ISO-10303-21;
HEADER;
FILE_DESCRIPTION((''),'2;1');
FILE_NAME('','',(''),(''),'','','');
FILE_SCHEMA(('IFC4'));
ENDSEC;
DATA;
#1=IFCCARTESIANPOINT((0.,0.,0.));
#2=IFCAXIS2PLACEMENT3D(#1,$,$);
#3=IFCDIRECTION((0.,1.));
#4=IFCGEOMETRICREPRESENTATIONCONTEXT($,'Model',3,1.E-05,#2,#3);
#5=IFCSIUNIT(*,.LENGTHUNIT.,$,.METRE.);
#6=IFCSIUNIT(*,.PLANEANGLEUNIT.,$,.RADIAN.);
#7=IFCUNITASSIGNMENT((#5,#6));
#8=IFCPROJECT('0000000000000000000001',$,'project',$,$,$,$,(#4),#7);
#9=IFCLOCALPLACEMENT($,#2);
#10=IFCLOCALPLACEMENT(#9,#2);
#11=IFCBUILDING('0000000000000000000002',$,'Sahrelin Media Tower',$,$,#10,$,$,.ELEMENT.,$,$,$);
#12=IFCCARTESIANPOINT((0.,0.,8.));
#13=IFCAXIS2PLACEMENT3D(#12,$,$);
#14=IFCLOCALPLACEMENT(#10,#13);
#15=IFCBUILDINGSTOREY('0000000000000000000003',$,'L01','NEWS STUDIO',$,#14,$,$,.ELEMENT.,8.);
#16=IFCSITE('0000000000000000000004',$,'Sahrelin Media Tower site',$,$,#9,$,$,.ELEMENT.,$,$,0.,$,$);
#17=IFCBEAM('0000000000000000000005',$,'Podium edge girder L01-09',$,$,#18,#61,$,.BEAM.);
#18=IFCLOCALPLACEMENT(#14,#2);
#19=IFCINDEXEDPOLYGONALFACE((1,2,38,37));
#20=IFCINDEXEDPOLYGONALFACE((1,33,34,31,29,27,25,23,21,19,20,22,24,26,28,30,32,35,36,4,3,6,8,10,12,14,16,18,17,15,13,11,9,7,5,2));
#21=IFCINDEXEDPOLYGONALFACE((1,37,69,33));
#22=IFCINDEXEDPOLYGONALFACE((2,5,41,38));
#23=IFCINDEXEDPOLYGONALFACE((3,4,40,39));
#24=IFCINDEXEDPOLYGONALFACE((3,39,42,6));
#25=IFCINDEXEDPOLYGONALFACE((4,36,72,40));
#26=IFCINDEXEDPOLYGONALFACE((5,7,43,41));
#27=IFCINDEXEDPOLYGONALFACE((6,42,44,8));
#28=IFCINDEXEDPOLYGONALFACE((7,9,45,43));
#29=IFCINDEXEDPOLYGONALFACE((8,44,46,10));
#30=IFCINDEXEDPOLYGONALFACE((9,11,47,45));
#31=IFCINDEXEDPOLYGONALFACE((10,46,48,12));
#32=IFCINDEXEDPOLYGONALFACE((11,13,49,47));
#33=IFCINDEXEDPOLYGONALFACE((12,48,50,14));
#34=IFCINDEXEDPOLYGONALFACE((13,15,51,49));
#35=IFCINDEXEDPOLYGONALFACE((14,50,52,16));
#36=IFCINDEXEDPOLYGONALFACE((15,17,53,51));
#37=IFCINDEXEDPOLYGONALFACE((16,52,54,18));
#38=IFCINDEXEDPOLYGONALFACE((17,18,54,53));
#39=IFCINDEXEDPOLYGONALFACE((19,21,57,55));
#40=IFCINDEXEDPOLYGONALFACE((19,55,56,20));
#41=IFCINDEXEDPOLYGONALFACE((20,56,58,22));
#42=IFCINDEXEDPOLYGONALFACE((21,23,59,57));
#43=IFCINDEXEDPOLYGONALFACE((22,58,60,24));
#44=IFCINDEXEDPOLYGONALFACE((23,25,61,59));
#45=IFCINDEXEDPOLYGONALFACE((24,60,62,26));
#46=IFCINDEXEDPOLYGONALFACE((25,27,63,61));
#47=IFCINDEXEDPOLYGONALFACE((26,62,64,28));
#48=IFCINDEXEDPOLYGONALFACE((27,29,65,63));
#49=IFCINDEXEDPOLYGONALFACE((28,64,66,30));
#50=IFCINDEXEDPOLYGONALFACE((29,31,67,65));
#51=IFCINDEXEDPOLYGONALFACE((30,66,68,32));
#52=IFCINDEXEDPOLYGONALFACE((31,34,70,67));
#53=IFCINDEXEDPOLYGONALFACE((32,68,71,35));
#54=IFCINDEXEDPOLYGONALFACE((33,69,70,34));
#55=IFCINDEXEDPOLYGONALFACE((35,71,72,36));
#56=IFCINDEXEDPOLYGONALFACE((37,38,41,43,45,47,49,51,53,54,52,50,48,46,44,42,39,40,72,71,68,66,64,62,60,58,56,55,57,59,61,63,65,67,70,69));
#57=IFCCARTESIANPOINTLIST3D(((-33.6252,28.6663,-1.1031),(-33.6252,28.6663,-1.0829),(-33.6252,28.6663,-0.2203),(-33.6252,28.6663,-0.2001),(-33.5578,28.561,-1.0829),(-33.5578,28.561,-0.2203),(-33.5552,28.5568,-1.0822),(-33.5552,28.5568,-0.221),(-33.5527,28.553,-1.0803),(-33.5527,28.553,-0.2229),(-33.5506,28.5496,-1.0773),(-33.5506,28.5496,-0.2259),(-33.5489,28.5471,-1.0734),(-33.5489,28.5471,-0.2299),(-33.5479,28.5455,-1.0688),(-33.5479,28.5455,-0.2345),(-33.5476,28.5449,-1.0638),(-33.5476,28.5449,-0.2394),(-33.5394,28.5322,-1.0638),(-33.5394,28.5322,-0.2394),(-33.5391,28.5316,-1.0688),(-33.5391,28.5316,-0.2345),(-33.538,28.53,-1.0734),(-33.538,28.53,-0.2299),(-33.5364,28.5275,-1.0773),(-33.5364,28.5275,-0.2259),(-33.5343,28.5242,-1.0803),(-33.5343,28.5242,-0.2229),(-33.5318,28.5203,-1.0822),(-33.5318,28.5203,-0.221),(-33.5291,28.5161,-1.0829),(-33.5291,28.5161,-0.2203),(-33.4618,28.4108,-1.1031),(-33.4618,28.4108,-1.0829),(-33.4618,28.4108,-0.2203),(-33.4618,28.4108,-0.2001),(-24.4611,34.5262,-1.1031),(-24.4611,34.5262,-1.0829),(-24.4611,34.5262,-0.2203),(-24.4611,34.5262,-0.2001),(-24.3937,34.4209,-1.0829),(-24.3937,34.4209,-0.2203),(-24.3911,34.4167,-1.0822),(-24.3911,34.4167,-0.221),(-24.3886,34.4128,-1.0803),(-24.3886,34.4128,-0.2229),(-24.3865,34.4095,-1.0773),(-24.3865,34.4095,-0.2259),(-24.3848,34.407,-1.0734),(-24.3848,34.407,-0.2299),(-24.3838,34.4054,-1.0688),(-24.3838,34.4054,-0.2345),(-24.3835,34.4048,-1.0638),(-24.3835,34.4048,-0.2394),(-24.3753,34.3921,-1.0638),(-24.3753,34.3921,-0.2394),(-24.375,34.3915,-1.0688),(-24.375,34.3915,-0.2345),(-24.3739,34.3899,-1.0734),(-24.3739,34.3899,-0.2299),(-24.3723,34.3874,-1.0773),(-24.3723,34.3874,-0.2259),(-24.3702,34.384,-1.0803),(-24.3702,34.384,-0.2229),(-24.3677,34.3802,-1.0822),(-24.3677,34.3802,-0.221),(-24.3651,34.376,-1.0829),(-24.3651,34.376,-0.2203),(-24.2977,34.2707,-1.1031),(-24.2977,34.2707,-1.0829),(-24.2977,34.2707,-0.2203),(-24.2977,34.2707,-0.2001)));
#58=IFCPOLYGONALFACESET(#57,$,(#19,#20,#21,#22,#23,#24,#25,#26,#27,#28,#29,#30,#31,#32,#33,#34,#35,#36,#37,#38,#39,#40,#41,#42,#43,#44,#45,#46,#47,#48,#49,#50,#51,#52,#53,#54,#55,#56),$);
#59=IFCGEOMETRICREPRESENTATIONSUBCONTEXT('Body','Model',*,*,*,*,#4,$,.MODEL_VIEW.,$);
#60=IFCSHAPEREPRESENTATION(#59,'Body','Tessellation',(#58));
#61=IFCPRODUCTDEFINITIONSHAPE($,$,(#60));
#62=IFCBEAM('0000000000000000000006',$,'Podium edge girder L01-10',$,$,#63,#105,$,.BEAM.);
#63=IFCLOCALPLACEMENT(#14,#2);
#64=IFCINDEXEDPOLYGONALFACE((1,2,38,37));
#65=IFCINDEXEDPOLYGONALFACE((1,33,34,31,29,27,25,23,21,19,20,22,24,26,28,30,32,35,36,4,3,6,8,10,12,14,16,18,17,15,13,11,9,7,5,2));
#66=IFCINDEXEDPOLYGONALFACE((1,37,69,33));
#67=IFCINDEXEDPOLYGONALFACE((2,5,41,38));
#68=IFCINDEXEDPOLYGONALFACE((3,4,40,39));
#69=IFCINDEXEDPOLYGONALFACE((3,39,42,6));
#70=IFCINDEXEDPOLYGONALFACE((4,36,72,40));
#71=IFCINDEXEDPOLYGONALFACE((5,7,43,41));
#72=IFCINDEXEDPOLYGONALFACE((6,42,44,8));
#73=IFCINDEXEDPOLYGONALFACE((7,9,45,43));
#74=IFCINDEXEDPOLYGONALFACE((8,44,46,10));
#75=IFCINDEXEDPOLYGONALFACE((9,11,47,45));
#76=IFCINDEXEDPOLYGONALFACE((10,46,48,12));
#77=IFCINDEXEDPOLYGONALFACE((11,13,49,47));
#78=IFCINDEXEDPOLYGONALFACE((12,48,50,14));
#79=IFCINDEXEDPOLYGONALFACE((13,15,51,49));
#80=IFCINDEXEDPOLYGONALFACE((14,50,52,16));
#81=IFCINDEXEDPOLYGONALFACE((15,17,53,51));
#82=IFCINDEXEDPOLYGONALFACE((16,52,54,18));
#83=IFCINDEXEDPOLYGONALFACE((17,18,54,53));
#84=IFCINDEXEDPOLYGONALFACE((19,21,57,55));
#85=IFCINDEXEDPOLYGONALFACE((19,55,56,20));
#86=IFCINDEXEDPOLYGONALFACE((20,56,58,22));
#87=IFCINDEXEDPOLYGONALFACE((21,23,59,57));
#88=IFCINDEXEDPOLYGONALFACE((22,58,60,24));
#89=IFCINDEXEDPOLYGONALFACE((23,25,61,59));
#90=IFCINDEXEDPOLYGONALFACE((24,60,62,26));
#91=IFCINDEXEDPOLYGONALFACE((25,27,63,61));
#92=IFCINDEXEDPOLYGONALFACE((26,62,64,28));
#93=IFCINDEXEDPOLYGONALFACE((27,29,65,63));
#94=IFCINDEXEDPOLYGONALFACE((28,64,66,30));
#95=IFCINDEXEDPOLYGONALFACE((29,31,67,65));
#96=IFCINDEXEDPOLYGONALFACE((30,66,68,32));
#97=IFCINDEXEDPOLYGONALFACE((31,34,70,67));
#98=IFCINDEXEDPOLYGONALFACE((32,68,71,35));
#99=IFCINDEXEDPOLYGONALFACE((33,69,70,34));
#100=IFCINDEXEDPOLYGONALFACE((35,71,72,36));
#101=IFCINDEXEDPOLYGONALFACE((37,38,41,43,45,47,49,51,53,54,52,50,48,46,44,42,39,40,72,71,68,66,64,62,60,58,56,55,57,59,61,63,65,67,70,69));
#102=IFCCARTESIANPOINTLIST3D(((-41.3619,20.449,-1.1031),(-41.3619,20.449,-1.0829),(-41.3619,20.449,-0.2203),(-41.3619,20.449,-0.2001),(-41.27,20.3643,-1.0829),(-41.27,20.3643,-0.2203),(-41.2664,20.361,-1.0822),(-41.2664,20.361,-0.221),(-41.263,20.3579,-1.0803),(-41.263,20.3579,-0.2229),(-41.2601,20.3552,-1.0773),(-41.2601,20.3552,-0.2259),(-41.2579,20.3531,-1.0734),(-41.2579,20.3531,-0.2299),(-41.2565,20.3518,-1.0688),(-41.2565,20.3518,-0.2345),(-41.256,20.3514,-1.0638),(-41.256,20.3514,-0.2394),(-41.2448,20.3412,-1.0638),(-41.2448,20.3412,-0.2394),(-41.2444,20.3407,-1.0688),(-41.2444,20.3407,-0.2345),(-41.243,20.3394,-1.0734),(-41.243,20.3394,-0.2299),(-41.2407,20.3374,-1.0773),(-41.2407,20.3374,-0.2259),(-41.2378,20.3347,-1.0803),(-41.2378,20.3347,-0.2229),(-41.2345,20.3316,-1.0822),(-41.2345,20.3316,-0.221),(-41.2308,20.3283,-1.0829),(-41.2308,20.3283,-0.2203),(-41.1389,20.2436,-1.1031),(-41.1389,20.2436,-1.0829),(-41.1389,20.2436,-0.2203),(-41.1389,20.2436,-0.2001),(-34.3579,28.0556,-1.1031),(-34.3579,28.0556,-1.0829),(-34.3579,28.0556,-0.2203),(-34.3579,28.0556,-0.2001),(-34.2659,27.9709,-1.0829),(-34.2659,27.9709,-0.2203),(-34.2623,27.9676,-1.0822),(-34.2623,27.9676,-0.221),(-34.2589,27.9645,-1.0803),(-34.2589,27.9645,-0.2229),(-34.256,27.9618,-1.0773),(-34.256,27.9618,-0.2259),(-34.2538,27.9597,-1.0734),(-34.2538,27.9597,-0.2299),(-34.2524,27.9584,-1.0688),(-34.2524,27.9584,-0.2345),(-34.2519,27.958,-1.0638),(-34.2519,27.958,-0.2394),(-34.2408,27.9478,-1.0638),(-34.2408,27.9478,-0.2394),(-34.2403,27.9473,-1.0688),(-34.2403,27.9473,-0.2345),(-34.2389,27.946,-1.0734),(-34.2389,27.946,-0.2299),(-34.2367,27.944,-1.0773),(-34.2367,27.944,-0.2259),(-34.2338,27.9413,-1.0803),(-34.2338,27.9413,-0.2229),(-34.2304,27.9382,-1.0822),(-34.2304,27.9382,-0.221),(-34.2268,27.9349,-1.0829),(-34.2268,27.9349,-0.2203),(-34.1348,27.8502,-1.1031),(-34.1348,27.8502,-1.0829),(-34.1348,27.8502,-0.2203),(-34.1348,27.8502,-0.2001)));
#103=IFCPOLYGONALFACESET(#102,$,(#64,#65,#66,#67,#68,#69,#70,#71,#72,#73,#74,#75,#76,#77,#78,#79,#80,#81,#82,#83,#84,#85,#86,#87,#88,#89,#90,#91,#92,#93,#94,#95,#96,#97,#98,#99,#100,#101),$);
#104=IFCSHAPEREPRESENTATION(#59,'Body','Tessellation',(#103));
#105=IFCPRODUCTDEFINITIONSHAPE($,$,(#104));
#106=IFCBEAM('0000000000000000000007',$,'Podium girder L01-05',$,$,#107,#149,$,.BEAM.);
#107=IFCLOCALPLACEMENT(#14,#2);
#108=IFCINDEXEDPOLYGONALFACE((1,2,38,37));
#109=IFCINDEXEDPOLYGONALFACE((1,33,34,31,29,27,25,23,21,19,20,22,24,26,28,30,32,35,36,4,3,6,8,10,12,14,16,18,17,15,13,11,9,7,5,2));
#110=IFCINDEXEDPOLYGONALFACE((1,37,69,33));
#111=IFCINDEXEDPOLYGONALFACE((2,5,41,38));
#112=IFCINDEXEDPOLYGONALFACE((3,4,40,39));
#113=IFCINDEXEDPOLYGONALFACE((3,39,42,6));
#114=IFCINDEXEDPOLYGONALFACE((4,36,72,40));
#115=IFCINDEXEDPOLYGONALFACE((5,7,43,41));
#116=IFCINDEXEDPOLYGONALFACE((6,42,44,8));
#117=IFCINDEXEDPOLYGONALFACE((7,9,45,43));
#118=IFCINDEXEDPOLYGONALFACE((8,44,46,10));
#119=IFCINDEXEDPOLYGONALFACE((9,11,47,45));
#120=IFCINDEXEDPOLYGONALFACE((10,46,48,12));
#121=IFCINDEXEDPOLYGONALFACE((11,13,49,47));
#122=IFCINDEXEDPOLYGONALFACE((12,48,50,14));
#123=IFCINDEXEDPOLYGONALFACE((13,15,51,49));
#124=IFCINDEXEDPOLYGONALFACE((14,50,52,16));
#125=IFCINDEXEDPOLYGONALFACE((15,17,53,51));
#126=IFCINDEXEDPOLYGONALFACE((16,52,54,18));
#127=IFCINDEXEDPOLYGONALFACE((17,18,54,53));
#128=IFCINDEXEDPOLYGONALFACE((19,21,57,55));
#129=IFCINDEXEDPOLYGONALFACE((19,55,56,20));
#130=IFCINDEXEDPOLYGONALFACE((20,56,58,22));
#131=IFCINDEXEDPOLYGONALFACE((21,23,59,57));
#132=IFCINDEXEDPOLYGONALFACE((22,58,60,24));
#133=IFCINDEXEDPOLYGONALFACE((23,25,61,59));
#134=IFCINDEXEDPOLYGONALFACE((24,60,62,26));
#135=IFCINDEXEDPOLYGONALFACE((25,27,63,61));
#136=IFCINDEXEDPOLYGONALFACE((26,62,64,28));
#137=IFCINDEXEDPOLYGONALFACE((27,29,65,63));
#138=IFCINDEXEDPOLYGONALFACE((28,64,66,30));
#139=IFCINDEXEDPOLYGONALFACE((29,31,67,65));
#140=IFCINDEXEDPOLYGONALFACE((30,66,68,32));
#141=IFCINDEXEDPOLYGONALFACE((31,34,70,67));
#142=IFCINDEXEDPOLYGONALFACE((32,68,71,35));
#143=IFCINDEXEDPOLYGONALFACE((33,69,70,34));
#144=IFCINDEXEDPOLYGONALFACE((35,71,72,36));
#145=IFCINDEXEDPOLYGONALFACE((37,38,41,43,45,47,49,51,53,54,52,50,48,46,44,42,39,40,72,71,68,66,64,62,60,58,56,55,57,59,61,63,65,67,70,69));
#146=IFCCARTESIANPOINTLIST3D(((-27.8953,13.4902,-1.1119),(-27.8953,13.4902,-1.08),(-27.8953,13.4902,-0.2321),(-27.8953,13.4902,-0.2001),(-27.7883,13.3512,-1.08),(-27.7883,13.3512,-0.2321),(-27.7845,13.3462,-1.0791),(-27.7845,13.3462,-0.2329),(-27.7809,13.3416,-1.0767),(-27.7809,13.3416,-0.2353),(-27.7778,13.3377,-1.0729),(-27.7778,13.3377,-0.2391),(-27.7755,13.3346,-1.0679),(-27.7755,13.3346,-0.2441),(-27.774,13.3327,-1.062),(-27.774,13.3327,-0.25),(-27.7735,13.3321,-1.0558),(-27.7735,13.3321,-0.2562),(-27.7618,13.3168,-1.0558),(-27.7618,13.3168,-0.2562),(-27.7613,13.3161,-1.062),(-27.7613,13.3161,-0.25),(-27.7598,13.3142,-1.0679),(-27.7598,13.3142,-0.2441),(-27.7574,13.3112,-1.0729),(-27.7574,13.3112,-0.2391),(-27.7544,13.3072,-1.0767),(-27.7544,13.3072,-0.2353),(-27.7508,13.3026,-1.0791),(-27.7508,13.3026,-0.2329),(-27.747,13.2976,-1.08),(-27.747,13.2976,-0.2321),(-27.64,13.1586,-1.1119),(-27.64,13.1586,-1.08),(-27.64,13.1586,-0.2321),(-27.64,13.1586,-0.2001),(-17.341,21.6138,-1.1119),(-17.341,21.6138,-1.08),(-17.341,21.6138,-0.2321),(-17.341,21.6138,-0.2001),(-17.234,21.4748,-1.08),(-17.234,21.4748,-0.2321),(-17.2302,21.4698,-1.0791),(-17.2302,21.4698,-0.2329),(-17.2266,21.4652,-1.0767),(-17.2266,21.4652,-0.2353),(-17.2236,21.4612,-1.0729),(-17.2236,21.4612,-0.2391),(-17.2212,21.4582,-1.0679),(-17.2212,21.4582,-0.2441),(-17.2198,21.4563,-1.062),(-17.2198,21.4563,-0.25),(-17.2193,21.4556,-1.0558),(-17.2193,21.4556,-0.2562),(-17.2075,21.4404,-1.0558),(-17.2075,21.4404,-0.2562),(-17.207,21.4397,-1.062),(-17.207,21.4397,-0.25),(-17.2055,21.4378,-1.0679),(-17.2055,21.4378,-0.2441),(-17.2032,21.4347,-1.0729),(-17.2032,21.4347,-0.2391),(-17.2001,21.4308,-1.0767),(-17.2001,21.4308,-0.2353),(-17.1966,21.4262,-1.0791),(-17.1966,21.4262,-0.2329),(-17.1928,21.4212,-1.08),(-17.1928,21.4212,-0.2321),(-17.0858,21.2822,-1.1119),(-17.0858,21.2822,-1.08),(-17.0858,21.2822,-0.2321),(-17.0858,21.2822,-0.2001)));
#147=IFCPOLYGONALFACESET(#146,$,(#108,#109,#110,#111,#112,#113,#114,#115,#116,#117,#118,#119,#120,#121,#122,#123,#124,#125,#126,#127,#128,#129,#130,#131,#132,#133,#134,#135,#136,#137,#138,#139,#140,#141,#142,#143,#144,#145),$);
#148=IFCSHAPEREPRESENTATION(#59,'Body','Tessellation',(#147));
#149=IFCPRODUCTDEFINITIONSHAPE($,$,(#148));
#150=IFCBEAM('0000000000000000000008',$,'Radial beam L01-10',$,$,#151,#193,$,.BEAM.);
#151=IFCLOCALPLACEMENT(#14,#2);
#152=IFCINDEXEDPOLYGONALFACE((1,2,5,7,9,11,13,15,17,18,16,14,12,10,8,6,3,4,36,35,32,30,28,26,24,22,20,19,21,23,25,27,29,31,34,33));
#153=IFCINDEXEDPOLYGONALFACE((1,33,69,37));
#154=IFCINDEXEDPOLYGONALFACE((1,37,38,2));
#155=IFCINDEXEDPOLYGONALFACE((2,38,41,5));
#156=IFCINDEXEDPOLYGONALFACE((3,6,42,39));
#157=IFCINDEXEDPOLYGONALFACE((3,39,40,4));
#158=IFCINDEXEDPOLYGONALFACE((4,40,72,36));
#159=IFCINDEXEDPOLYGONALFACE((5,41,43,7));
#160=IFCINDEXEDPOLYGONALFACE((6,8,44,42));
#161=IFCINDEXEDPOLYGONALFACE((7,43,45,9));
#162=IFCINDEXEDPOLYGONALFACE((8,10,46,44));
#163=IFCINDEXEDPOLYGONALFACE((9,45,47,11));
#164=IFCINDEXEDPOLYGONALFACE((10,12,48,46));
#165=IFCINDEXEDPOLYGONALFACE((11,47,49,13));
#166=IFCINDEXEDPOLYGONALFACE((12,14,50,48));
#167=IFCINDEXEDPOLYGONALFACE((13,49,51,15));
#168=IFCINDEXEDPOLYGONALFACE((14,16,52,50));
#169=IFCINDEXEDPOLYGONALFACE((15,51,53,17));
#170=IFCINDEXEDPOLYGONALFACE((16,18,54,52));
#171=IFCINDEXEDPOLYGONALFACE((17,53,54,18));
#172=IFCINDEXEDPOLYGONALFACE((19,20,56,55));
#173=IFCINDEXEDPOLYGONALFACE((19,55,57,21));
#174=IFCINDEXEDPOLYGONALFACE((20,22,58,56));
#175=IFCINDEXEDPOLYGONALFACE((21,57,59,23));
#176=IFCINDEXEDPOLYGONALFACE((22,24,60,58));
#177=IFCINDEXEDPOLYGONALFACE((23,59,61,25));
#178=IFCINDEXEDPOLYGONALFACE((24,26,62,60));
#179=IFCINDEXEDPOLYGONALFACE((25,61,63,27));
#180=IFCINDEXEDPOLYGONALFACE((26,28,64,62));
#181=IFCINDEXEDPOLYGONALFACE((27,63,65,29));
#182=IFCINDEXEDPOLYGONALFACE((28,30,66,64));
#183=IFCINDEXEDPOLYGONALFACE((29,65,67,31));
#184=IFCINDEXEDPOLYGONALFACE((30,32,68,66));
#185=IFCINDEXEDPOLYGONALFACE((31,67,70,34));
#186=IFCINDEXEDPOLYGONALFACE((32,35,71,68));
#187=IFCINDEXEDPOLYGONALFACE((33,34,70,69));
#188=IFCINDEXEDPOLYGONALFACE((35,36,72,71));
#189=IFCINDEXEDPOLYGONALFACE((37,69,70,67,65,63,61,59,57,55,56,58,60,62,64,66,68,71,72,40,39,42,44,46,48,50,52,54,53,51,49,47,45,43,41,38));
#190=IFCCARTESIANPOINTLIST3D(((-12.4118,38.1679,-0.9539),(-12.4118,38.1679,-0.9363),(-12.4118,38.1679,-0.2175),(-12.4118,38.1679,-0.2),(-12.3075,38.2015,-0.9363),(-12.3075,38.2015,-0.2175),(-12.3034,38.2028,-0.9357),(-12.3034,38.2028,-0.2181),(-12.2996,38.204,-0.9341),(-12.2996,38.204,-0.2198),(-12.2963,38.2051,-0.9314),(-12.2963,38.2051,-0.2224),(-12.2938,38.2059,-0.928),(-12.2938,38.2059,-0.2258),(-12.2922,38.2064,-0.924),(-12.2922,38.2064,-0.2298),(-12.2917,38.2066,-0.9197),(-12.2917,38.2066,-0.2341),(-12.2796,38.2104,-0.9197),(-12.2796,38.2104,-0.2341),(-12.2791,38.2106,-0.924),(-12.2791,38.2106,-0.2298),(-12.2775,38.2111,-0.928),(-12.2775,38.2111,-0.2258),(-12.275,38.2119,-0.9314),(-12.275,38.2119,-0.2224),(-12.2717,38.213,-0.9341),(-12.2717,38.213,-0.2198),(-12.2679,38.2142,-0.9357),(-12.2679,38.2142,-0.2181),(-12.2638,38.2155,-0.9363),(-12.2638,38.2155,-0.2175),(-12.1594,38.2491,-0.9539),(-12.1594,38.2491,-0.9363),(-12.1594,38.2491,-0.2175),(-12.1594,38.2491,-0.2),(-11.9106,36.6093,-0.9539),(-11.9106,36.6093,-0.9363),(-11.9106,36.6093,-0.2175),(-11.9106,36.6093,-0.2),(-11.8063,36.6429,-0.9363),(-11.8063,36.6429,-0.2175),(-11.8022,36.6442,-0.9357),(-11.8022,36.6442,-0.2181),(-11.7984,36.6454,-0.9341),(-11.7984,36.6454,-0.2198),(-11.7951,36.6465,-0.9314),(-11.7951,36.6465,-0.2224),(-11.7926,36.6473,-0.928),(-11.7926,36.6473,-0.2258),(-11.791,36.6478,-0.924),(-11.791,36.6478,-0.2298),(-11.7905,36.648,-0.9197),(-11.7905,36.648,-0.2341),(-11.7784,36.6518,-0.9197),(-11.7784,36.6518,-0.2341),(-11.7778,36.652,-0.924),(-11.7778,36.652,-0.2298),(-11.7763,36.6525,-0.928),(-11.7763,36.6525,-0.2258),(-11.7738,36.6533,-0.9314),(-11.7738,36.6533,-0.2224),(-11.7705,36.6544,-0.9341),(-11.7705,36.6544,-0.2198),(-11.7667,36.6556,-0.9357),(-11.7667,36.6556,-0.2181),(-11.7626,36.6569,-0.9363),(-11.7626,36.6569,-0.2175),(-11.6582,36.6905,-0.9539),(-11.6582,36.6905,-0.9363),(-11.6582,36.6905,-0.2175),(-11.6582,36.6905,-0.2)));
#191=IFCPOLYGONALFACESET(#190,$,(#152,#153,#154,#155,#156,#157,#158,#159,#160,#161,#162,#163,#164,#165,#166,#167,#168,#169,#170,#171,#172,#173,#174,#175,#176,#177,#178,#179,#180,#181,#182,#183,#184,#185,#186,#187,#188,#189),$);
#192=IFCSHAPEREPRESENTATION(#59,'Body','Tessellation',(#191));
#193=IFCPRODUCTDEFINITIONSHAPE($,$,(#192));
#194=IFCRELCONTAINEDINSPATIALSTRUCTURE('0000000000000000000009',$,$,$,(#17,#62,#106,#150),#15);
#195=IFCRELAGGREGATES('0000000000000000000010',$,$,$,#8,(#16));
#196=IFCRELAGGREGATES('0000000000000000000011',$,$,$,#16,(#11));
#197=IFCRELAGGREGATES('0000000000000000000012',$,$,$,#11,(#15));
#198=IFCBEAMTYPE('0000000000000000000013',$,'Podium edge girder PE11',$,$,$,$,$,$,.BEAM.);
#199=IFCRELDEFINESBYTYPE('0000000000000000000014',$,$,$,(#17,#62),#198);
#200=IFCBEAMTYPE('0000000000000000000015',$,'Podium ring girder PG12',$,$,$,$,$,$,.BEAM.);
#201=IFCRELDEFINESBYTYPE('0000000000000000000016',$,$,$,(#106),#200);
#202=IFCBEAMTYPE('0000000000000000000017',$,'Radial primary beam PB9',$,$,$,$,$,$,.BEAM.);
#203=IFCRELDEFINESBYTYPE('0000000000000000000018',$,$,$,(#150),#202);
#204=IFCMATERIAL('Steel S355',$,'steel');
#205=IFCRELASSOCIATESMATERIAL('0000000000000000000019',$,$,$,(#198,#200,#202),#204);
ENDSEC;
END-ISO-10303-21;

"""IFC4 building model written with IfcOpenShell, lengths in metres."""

from ifc_helpers import new_model, si_unit, direction, frame, origin, origin_2d, place, context, subcontext, project, spatial, i_section, extrude, material, material_profile, profile_set, type_object, element, save


model = new_model("IFC4")

# Units and contexts
model_context = context("Model", 3, precision=1e-05, world=origin(), true_north=direction((0.0, 1.0)))
body_context = subcontext(model_context, "Body", "Model", "MODEL_VIEW")
ifc_project = project(units=[si_unit("LENGTHUNIT", "METRE"), si_unit("PLANEANGLEUNIT", "RADIAN")], contexts=[model_context])

# Site, building, storey
site_placement = place(None, origin())
site = spatial("IfcSite", under=ifc_project, at=site_placement, Name="Sahrelin Media Tower site", CompositionType="ELEMENT", RefElevation=0.0)
building_placement = place(site_placement, origin())
building = spatial("IfcBuilding", under=site, at=building_placement, Name="Sahrelin Media Tower", CompositionType="ELEMENT")
storey_placement = place(building_placement, frame((0.0, 0.0, 8.0)))
storey = spatial("IfcBuildingStorey", under=building, at=storey_placement, Name="L01", Description="NEWS STUDIO", CompositionType="ELEMENT", Elevation=8.0)

# Beams
ifc_material_1 = material(Name="Steel S355", Category="steel")
ifc_material_profile_1 = material_profile(ifc_material_1, i_section(OverallWidth=0.3032, OverallDepth=0.9031, WebThickness=0.0151, FlangeThickness=0.0203, FilletRadius=0.019, at=origin_2d()), Name="UB 914x305x201")
ifc_profile_set_1 = profile_set([ifc_material_profile_1], Name="Steel S355")
beam_type_1 = type_object("IfcBeamType", Name="Podium edge girder PE11", PredefinedType="BEAM", material=ifc_profile_set_1)
beam_1_placement = place(storey_placement, frame((-24.3794, 34.3984, -0.6516), z_axis=(-0.842486, -0.538719, 0.0), x_axis=(0.538719, -0.842486, 0.0)))
element("IfcBeam", 1, at=beam_1_placement, inside=storey, type_object=beam_type_1, Name="Podium edge girder L01-09", PredefinedType="BEAM", context=body_context, shape_type="SweptSolid", body=[
    extrude(i_section(OverallWidth=0.3032, OverallDepth=0.9031, WebThickness=0.0151, FlangeThickness=0.0203, FilletRadius=0.019, at=origin_2d()), origin(), (0.0, 0.0, 1.0), 10.8774),
])
beam_2_placement = place(storey_placement, frame((-34.2463, 27.9529, -0.6516), z_axis=(-0.677371, -0.735642, 0.0), x_axis=(0.735642, -0.677371, 0.0)))
element("IfcBeam", 2, at=beam_2_placement, inside=storey, type_object=beam_type_1, Name="Podium edge girder L01-10", PredefinedType="BEAM", context=body_context, shape_type="SweptSolid", body=[
    extrude(i_section(OverallWidth=0.3032, OverallDepth=0.9031, WebThickness=0.0151, FlangeThickness=0.0203, FilletRadius=0.019, at=origin_2d()), origin(), (0.0, 0.0, 1.0), 10.3401),
])
ifc_material_profile_2 = material_profile(ifc_material_1, i_section(OverallWidth=0.4185, OverallDepth=0.9119, WebThickness=0.0193, FlangeThickness=0.032, FilletRadius=0.0242, at=origin_2d()), Name="UB 914x419x343")
ifc_profile_set_2 = profile_set([ifc_material_profile_2], Name="Steel S355")
beam_type_2 = type_object("IfcBeamType", Name="Podium ring girder PG12", PredefinedType="BEAM", material=ifc_profile_set_2)
beam_3_placement = place(storey_placement, frame((-17.2134, 21.448, -0.656), z_axis=(-0.792445, -0.609943, 0.0), x_axis=(0.609943, -0.792445, 0.0)))
element("IfcBeam", 3, at=beam_3_placement, inside=storey, type_object=beam_type_2, Name="Podium girder L01-05", PredefinedType="BEAM", context=body_context, shape_type="SweptSolid", body=[
    extrude(i_section(OverallWidth=0.4185, OverallDepth=0.9119, WebThickness=0.0193, FlangeThickness=0.032, FilletRadius=0.0242, at=origin_2d()), origin(), (0.0, 0.0, 1.0), 13.3186),
])
ifc_material_profile_3 = material_profile(ifc_material_1, i_section(OverallWidth=0.2651, OverallDepth=0.7539, WebThickness=0.0127, FlangeThickness=0.0176, FilletRadius=0.0166, at=origin_2d()), Name="UB 762x267x147")
ifc_profile_set_3 = profile_set([ifc_material_profile_3], Name="Steel S355")
beam_type_3 = type_object("IfcBeamType", Name="Radial primary beam PB9", PredefinedType="BEAM", material=ifc_profile_set_3)
beam_4_placement = place(storey_placement, frame((-11.7844, 36.6499, -0.5769), z_axis=(-0.306144, 0.951985, 0.0), x_axis=(-0.951985, -0.306144, 0.0)))
element("IfcBeam", 4, at=beam_4_placement, inside=storey, type_object=beam_type_3, Name="Radial beam L01-10", PredefinedType="BEAM", context=body_context, shape_type="SweptSolid", body=[
    extrude(i_section(OverallWidth=0.2651, OverallDepth=0.7539, WebThickness=0.0127, FlangeThickness=0.0176, FilletRadius=0.0166, at=origin_2d()), origin(), (0.0, 0.0, 1.0), 1.6372),
])

save(model, "model.ifc")
